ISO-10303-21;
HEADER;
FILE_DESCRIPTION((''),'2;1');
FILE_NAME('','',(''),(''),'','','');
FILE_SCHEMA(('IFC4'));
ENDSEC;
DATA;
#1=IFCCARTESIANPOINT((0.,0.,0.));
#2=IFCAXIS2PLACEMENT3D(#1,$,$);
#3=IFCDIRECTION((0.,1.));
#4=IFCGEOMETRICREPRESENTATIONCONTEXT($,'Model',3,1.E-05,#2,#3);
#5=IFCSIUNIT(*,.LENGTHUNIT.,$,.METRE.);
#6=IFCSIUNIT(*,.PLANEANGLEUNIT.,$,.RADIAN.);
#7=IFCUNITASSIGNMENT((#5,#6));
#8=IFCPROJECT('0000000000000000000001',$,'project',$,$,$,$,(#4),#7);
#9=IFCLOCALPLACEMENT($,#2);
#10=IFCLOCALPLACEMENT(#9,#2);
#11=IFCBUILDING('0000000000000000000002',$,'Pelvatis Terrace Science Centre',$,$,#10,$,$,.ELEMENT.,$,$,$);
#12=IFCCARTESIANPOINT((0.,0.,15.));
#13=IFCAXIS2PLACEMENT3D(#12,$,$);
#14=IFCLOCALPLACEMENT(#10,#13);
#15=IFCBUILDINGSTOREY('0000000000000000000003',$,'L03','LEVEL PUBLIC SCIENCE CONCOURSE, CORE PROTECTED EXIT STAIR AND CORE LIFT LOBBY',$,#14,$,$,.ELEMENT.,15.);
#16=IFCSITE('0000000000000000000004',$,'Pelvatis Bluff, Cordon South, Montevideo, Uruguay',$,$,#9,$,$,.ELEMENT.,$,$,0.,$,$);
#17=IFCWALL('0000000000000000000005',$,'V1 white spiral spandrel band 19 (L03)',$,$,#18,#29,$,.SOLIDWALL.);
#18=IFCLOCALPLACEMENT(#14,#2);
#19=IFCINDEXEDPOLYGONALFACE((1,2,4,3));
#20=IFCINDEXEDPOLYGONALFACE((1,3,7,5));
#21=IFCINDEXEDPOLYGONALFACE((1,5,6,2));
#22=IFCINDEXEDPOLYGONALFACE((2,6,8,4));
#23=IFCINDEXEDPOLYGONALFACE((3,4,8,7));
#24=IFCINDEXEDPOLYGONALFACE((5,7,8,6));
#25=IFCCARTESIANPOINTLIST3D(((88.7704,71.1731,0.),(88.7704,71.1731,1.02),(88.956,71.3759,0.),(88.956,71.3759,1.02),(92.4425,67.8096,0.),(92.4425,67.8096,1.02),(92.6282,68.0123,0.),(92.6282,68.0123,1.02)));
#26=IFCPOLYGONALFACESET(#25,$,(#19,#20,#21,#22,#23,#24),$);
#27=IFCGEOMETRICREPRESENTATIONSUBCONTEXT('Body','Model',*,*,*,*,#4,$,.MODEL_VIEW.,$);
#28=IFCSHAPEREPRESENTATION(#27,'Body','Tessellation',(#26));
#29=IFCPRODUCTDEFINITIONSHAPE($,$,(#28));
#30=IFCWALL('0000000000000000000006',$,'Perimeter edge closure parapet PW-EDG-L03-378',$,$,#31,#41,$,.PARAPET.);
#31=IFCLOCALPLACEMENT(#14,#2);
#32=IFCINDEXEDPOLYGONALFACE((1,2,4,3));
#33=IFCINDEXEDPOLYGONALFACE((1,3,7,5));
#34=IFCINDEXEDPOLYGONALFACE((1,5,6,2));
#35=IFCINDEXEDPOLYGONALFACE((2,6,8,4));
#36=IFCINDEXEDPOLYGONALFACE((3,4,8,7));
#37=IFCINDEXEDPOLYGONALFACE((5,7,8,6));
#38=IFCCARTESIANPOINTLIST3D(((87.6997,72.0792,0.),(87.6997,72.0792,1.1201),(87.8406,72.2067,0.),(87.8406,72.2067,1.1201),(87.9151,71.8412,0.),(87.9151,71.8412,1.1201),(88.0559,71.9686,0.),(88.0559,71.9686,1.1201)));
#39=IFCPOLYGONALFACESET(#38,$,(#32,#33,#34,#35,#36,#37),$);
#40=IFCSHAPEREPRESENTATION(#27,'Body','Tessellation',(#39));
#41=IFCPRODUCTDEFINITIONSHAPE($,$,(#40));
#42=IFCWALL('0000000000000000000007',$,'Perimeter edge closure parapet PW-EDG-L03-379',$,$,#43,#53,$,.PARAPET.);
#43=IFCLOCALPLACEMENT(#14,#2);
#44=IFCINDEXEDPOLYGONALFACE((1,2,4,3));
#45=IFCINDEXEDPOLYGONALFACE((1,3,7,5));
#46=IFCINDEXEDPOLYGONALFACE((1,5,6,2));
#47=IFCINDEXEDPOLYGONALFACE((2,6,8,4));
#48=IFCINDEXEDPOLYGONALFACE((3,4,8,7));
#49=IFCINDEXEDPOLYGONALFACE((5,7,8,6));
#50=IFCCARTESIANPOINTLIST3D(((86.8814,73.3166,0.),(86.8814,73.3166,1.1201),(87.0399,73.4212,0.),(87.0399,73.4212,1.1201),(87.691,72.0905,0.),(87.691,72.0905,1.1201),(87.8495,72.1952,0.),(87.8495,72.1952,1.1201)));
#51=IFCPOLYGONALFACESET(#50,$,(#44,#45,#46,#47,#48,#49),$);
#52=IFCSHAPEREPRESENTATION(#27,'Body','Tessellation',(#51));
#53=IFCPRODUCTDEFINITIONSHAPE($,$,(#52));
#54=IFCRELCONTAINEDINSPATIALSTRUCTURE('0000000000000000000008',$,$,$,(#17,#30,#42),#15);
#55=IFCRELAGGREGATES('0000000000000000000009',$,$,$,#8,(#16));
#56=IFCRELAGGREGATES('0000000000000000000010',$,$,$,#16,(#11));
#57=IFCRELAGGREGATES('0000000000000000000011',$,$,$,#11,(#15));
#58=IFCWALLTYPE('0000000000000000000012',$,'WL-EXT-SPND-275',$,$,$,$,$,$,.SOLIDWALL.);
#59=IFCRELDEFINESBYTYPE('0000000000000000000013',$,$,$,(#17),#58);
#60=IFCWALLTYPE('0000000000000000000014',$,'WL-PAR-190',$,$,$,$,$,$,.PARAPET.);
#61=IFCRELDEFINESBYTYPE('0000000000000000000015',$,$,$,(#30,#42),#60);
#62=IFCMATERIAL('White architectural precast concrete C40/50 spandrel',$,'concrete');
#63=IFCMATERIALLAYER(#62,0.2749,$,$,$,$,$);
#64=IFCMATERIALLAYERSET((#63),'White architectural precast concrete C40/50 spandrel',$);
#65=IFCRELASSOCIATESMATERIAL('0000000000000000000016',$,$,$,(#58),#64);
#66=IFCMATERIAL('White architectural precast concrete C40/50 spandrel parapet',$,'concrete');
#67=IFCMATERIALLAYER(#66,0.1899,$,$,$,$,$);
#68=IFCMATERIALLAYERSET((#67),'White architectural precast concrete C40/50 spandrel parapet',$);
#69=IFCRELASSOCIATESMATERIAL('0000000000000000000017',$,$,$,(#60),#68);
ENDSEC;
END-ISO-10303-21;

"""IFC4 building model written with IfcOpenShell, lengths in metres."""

from ifc_helpers import new_model, si_unit, direction, frame, frame_2d, origin, place, context, subcontext, project, spatial, rectangle, extrude, material, layer, layer_set, type_object, element, save


model = new_model("IFC4")

# Units and contexts
model_context = context("Model", 3, precision=1e-05, world=origin(), true_north=direction((0.0, 1.0)))
body_context = subcontext(model_context, "Body", "Model", "MODEL_VIEW")
ifc_project = project(units=[si_unit("LENGTHUNIT", "METRE"), si_unit("PLANEANGLEUNIT", "RADIAN")], contexts=[model_context])

# Site, building, storey
site_placement = place(None, origin())
site = spatial("IfcSite", under=ifc_project, at=site_placement, Name="Pelvatis Bluff, Cordon South, Montevideo, Uruguay", CompositionType="ELEMENT", RefElevation=0.0)
building_placement = place(site_placement, origin())
building = spatial("IfcBuilding", under=site, at=building_placement, Name="Pelvatis Terrace Science Centre", CompositionType="ELEMENT")
storey_placement = place(building_placement, frame((0.0, 0.0, 15.0)))
storey = spatial("IfcBuildingStorey", under=building, at=storey_placement, Name="L03", Description="LEVEL PUBLIC SCIENCE CONCOURSE, CORE PROTECTED EXIT STAIR AND CORE LIFT LOBBY", CompositionType="ELEMENT", Elevation=15.0)

# Walls
ifc_material_1 = material(Name="White architectural precast concrete C40/50 spandrel", Category="concrete")
ifc_layer_1 = layer(ifc_material_1, 0.2749)
ifc_layer_set_1 = layer_set([ifc_layer_1], Name="White architectural precast concrete C40/50 spandrel")
wall_type_1 = type_object("IfcWallType", Name="WL-EXT-SPND-275", PredefinedType="SOLIDWALL", material=ifc_layer_set_1)
wall_1_placement = place(storey_placement, frame((88.8633, 71.2744, 0.0), z_axis=(0.0, 0.0, 1.0), x_axis=(0.737413, -0.675443, 0.0)))
element("IfcWall", 1, at=wall_1_placement, inside=storey, type_object=wall_type_1, Name="V1 white spiral spandrel band 19 (L03)", PredefinedType="SOLIDWALL", context=body_context, shape_type="SweptSolid", body=[
    extrude(rectangle(XDim=4.9797, YDim=0.2749, at=frame_2d((2.4897, 0.0))), origin(), (0.0, 0.0, 1.0), 1.02),
])
ifc_material_2 = material(Name="White architectural precast concrete C40/50 spandrel parapet", Category="concrete")
ifc_layer_2 = layer(ifc_material_2, 0.1899)
ifc_layer_set_2 = layer_set([ifc_layer_2], Name="White architectural precast concrete C40/50 spandrel parapet")
wall_type_2 = type_object("IfcWallType", Name="WL-PAR-190", PredefinedType="PARAPET", material=ifc_layer_set_2)
wall_2_placement = place(storey_placement, frame((87.9856, 71.9048, 0.0), z_axis=(0.0, 0.0, 1.0), x_axis=(-0.670854, 0.74159, 0.0)))
element("IfcWall", 2, at=wall_2_placement, inside=storey, type_object=wall_type_2, Name="Perimeter edge closure parapet PW-EDG-L03-378", PredefinedType="PARAPET", context=body_context, shape_type="SweptSolid", body=[
    extrude(rectangle(XDim=0.321, YDim=0.1899, at=frame_2d((0.1606, 0.0))), origin(), (0.0, 0.0, 1.0), 1.1201),
])
wall_3_placement = place(storey_placement, frame((87.7703, 72.1428, 0.0), z_axis=(0.0, 0.0, 1.0), x_axis=(-0.551014, 0.834496, 0.0)))
element("IfcWall", 3, at=wall_3_placement, inside=storey, type_object=wall_type_2, Name="Perimeter edge closure parapet PW-EDG-L03-379", PredefinedType="PARAPET", context=body_context, shape_type="SweptSolid", body=[
    extrude(rectangle(XDim=1.4692, YDim=0.1899, at=frame_2d((0.7346, 0.0))), origin(), (0.0, 0.0, 1.0), 1.1201),
])

save(model, "model.ifc")
